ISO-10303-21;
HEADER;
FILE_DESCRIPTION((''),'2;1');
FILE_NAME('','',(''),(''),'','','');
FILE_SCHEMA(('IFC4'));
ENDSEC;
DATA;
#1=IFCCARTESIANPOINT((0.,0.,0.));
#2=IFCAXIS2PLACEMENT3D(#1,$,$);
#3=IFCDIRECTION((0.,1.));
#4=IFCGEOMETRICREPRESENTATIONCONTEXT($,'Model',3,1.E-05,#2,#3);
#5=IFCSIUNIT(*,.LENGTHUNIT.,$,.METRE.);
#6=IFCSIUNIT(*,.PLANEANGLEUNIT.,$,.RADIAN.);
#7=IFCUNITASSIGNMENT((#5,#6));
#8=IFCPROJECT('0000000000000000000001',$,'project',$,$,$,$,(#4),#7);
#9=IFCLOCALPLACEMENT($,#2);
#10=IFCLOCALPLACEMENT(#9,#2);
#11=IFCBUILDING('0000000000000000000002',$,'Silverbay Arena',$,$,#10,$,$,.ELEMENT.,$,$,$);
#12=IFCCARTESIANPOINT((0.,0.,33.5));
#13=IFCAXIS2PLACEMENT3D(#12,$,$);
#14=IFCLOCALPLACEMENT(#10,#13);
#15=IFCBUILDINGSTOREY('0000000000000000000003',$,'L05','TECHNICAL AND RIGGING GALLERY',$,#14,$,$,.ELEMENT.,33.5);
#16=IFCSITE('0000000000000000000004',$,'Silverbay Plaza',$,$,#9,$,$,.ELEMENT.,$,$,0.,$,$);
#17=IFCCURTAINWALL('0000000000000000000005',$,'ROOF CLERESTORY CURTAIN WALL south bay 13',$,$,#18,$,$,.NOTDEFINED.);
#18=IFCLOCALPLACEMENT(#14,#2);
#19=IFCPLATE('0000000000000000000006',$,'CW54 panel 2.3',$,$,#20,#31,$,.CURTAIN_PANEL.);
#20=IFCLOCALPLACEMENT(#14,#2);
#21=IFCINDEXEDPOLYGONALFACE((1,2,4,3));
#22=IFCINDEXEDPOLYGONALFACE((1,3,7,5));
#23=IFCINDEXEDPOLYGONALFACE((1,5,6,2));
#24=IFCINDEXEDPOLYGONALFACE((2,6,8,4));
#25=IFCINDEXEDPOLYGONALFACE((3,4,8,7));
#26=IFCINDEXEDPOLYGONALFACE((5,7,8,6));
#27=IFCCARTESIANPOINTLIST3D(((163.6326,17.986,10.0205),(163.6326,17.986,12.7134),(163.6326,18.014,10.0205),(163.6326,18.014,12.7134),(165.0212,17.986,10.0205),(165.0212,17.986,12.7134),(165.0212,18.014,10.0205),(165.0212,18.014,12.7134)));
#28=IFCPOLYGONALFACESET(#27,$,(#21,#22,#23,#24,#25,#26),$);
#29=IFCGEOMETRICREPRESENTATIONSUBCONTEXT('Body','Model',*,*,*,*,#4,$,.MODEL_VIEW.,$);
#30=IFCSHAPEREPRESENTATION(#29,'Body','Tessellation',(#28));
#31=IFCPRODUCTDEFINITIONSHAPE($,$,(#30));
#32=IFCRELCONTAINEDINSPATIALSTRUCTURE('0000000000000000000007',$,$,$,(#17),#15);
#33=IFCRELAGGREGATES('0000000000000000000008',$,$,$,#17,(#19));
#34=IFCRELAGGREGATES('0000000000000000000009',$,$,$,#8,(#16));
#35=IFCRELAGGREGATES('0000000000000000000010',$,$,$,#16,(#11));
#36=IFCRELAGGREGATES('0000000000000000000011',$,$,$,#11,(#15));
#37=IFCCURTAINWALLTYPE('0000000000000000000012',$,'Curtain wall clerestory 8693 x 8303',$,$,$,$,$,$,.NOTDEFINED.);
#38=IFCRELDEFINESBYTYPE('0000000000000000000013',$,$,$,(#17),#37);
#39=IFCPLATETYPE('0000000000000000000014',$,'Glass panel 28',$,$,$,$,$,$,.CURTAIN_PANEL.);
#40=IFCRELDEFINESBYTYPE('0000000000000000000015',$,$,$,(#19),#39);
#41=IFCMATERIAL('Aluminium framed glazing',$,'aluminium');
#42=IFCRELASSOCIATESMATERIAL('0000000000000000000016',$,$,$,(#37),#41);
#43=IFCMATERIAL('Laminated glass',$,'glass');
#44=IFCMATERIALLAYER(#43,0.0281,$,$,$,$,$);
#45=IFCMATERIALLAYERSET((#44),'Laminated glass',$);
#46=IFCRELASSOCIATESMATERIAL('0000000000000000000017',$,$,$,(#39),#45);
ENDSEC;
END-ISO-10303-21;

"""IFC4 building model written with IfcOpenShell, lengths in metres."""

from ifc_helpers import new_model, si_unit, direction, frame, origin, origin_2d, place, context, subcontext, project, spatial, rectangle, extrude, material, layer, layer_set, type_object, element, aggregate, save


model = new_model("IFC4")

# Units and contexts
model_context = context("Model", 3, precision=1e-05, world=origin(), true_north=direction((0.0, 1.0)))
body_context = subcontext(model_context, "Body", "Model", "MODEL_VIEW")
ifc_project = project(units=[si_unit("LENGTHUNIT", "METRE"), si_unit("PLANEANGLEUNIT", "RADIAN")], contexts=[model_context])

# Site, building, storey
site_placement = place(None, origin())
site = spatial("IfcSite", under=ifc_project, at=site_placement, Name="Silverbay Plaza", CompositionType="ELEMENT", RefElevation=0.0)
building_placement = place(site_placement, origin())
building = spatial("IfcBuilding", under=site, at=building_placement, Name="Silverbay Arena", CompositionType="ELEMENT")
storey_placement = place(building_placement, frame((0.0, 0.0, 33.5)))
storey = spatial("IfcBuildingStorey", under=building, at=storey_placement, Name="L05", Description="TECHNICAL AND RIGGING GALLERY", CompositionType="ELEMENT", Elevation=33.5)

# Curtain wall
ifc_material_1 = material(Name="Aluminium framed glazing", Category="aluminium")
curtain_wall_type_1 = type_object("IfcCurtainWallType", Name="Curtain wall clerestory 8693 x 8303", PredefinedType="NOTDEFINED", material=ifc_material_1)
curtain_wall_1_placement = place(storey_placement, origin())
curtain_wall_1 = element("IfcCurtainWall", 1, at=curtain_wall_1_placement, inside=storey, type_object=curtain_wall_type_1, Name="ROOF CLERESTORY CURTAIN WALL south bay 13", PredefinedType="NOTDEFINED")

# Plate
ifc_material_2 = material(Name="Laminated glass", Category="glass")
ifc_layer = layer(ifc_material_2, 0.0281)
ifc_layer_set = layer_set([ifc_layer], Name="Laminated glass")
plate_type = type_object("IfcPlateType", Name="Glass panel 28", PredefinedType="CURTAIN_PANEL", material=ifc_layer_set)
plate_1_placement = place(storey_placement, frame((164.3269, 18.0, 10.0205), z_axis=(0.0, 0.0, 1.0), x_axis=(1.0, 0.0, 0.0)))
plate_1 = element("IfcPlate", 2, at=plate_1_placement, type_object=plate_type, Name="CW54 panel 2.3", PredefinedType="CURTAIN_PANEL", context=body_context, shape_type="SweptSolid", body=[
    extrude(rectangle(XDim=1.3887, YDim=0.0281, at=origin_2d()), origin(), (0.0, 0.0, 1.0), 2.6929),
])
aggregate(curtain_wall_1, [plate_1])

save(model, "model.ifc")
